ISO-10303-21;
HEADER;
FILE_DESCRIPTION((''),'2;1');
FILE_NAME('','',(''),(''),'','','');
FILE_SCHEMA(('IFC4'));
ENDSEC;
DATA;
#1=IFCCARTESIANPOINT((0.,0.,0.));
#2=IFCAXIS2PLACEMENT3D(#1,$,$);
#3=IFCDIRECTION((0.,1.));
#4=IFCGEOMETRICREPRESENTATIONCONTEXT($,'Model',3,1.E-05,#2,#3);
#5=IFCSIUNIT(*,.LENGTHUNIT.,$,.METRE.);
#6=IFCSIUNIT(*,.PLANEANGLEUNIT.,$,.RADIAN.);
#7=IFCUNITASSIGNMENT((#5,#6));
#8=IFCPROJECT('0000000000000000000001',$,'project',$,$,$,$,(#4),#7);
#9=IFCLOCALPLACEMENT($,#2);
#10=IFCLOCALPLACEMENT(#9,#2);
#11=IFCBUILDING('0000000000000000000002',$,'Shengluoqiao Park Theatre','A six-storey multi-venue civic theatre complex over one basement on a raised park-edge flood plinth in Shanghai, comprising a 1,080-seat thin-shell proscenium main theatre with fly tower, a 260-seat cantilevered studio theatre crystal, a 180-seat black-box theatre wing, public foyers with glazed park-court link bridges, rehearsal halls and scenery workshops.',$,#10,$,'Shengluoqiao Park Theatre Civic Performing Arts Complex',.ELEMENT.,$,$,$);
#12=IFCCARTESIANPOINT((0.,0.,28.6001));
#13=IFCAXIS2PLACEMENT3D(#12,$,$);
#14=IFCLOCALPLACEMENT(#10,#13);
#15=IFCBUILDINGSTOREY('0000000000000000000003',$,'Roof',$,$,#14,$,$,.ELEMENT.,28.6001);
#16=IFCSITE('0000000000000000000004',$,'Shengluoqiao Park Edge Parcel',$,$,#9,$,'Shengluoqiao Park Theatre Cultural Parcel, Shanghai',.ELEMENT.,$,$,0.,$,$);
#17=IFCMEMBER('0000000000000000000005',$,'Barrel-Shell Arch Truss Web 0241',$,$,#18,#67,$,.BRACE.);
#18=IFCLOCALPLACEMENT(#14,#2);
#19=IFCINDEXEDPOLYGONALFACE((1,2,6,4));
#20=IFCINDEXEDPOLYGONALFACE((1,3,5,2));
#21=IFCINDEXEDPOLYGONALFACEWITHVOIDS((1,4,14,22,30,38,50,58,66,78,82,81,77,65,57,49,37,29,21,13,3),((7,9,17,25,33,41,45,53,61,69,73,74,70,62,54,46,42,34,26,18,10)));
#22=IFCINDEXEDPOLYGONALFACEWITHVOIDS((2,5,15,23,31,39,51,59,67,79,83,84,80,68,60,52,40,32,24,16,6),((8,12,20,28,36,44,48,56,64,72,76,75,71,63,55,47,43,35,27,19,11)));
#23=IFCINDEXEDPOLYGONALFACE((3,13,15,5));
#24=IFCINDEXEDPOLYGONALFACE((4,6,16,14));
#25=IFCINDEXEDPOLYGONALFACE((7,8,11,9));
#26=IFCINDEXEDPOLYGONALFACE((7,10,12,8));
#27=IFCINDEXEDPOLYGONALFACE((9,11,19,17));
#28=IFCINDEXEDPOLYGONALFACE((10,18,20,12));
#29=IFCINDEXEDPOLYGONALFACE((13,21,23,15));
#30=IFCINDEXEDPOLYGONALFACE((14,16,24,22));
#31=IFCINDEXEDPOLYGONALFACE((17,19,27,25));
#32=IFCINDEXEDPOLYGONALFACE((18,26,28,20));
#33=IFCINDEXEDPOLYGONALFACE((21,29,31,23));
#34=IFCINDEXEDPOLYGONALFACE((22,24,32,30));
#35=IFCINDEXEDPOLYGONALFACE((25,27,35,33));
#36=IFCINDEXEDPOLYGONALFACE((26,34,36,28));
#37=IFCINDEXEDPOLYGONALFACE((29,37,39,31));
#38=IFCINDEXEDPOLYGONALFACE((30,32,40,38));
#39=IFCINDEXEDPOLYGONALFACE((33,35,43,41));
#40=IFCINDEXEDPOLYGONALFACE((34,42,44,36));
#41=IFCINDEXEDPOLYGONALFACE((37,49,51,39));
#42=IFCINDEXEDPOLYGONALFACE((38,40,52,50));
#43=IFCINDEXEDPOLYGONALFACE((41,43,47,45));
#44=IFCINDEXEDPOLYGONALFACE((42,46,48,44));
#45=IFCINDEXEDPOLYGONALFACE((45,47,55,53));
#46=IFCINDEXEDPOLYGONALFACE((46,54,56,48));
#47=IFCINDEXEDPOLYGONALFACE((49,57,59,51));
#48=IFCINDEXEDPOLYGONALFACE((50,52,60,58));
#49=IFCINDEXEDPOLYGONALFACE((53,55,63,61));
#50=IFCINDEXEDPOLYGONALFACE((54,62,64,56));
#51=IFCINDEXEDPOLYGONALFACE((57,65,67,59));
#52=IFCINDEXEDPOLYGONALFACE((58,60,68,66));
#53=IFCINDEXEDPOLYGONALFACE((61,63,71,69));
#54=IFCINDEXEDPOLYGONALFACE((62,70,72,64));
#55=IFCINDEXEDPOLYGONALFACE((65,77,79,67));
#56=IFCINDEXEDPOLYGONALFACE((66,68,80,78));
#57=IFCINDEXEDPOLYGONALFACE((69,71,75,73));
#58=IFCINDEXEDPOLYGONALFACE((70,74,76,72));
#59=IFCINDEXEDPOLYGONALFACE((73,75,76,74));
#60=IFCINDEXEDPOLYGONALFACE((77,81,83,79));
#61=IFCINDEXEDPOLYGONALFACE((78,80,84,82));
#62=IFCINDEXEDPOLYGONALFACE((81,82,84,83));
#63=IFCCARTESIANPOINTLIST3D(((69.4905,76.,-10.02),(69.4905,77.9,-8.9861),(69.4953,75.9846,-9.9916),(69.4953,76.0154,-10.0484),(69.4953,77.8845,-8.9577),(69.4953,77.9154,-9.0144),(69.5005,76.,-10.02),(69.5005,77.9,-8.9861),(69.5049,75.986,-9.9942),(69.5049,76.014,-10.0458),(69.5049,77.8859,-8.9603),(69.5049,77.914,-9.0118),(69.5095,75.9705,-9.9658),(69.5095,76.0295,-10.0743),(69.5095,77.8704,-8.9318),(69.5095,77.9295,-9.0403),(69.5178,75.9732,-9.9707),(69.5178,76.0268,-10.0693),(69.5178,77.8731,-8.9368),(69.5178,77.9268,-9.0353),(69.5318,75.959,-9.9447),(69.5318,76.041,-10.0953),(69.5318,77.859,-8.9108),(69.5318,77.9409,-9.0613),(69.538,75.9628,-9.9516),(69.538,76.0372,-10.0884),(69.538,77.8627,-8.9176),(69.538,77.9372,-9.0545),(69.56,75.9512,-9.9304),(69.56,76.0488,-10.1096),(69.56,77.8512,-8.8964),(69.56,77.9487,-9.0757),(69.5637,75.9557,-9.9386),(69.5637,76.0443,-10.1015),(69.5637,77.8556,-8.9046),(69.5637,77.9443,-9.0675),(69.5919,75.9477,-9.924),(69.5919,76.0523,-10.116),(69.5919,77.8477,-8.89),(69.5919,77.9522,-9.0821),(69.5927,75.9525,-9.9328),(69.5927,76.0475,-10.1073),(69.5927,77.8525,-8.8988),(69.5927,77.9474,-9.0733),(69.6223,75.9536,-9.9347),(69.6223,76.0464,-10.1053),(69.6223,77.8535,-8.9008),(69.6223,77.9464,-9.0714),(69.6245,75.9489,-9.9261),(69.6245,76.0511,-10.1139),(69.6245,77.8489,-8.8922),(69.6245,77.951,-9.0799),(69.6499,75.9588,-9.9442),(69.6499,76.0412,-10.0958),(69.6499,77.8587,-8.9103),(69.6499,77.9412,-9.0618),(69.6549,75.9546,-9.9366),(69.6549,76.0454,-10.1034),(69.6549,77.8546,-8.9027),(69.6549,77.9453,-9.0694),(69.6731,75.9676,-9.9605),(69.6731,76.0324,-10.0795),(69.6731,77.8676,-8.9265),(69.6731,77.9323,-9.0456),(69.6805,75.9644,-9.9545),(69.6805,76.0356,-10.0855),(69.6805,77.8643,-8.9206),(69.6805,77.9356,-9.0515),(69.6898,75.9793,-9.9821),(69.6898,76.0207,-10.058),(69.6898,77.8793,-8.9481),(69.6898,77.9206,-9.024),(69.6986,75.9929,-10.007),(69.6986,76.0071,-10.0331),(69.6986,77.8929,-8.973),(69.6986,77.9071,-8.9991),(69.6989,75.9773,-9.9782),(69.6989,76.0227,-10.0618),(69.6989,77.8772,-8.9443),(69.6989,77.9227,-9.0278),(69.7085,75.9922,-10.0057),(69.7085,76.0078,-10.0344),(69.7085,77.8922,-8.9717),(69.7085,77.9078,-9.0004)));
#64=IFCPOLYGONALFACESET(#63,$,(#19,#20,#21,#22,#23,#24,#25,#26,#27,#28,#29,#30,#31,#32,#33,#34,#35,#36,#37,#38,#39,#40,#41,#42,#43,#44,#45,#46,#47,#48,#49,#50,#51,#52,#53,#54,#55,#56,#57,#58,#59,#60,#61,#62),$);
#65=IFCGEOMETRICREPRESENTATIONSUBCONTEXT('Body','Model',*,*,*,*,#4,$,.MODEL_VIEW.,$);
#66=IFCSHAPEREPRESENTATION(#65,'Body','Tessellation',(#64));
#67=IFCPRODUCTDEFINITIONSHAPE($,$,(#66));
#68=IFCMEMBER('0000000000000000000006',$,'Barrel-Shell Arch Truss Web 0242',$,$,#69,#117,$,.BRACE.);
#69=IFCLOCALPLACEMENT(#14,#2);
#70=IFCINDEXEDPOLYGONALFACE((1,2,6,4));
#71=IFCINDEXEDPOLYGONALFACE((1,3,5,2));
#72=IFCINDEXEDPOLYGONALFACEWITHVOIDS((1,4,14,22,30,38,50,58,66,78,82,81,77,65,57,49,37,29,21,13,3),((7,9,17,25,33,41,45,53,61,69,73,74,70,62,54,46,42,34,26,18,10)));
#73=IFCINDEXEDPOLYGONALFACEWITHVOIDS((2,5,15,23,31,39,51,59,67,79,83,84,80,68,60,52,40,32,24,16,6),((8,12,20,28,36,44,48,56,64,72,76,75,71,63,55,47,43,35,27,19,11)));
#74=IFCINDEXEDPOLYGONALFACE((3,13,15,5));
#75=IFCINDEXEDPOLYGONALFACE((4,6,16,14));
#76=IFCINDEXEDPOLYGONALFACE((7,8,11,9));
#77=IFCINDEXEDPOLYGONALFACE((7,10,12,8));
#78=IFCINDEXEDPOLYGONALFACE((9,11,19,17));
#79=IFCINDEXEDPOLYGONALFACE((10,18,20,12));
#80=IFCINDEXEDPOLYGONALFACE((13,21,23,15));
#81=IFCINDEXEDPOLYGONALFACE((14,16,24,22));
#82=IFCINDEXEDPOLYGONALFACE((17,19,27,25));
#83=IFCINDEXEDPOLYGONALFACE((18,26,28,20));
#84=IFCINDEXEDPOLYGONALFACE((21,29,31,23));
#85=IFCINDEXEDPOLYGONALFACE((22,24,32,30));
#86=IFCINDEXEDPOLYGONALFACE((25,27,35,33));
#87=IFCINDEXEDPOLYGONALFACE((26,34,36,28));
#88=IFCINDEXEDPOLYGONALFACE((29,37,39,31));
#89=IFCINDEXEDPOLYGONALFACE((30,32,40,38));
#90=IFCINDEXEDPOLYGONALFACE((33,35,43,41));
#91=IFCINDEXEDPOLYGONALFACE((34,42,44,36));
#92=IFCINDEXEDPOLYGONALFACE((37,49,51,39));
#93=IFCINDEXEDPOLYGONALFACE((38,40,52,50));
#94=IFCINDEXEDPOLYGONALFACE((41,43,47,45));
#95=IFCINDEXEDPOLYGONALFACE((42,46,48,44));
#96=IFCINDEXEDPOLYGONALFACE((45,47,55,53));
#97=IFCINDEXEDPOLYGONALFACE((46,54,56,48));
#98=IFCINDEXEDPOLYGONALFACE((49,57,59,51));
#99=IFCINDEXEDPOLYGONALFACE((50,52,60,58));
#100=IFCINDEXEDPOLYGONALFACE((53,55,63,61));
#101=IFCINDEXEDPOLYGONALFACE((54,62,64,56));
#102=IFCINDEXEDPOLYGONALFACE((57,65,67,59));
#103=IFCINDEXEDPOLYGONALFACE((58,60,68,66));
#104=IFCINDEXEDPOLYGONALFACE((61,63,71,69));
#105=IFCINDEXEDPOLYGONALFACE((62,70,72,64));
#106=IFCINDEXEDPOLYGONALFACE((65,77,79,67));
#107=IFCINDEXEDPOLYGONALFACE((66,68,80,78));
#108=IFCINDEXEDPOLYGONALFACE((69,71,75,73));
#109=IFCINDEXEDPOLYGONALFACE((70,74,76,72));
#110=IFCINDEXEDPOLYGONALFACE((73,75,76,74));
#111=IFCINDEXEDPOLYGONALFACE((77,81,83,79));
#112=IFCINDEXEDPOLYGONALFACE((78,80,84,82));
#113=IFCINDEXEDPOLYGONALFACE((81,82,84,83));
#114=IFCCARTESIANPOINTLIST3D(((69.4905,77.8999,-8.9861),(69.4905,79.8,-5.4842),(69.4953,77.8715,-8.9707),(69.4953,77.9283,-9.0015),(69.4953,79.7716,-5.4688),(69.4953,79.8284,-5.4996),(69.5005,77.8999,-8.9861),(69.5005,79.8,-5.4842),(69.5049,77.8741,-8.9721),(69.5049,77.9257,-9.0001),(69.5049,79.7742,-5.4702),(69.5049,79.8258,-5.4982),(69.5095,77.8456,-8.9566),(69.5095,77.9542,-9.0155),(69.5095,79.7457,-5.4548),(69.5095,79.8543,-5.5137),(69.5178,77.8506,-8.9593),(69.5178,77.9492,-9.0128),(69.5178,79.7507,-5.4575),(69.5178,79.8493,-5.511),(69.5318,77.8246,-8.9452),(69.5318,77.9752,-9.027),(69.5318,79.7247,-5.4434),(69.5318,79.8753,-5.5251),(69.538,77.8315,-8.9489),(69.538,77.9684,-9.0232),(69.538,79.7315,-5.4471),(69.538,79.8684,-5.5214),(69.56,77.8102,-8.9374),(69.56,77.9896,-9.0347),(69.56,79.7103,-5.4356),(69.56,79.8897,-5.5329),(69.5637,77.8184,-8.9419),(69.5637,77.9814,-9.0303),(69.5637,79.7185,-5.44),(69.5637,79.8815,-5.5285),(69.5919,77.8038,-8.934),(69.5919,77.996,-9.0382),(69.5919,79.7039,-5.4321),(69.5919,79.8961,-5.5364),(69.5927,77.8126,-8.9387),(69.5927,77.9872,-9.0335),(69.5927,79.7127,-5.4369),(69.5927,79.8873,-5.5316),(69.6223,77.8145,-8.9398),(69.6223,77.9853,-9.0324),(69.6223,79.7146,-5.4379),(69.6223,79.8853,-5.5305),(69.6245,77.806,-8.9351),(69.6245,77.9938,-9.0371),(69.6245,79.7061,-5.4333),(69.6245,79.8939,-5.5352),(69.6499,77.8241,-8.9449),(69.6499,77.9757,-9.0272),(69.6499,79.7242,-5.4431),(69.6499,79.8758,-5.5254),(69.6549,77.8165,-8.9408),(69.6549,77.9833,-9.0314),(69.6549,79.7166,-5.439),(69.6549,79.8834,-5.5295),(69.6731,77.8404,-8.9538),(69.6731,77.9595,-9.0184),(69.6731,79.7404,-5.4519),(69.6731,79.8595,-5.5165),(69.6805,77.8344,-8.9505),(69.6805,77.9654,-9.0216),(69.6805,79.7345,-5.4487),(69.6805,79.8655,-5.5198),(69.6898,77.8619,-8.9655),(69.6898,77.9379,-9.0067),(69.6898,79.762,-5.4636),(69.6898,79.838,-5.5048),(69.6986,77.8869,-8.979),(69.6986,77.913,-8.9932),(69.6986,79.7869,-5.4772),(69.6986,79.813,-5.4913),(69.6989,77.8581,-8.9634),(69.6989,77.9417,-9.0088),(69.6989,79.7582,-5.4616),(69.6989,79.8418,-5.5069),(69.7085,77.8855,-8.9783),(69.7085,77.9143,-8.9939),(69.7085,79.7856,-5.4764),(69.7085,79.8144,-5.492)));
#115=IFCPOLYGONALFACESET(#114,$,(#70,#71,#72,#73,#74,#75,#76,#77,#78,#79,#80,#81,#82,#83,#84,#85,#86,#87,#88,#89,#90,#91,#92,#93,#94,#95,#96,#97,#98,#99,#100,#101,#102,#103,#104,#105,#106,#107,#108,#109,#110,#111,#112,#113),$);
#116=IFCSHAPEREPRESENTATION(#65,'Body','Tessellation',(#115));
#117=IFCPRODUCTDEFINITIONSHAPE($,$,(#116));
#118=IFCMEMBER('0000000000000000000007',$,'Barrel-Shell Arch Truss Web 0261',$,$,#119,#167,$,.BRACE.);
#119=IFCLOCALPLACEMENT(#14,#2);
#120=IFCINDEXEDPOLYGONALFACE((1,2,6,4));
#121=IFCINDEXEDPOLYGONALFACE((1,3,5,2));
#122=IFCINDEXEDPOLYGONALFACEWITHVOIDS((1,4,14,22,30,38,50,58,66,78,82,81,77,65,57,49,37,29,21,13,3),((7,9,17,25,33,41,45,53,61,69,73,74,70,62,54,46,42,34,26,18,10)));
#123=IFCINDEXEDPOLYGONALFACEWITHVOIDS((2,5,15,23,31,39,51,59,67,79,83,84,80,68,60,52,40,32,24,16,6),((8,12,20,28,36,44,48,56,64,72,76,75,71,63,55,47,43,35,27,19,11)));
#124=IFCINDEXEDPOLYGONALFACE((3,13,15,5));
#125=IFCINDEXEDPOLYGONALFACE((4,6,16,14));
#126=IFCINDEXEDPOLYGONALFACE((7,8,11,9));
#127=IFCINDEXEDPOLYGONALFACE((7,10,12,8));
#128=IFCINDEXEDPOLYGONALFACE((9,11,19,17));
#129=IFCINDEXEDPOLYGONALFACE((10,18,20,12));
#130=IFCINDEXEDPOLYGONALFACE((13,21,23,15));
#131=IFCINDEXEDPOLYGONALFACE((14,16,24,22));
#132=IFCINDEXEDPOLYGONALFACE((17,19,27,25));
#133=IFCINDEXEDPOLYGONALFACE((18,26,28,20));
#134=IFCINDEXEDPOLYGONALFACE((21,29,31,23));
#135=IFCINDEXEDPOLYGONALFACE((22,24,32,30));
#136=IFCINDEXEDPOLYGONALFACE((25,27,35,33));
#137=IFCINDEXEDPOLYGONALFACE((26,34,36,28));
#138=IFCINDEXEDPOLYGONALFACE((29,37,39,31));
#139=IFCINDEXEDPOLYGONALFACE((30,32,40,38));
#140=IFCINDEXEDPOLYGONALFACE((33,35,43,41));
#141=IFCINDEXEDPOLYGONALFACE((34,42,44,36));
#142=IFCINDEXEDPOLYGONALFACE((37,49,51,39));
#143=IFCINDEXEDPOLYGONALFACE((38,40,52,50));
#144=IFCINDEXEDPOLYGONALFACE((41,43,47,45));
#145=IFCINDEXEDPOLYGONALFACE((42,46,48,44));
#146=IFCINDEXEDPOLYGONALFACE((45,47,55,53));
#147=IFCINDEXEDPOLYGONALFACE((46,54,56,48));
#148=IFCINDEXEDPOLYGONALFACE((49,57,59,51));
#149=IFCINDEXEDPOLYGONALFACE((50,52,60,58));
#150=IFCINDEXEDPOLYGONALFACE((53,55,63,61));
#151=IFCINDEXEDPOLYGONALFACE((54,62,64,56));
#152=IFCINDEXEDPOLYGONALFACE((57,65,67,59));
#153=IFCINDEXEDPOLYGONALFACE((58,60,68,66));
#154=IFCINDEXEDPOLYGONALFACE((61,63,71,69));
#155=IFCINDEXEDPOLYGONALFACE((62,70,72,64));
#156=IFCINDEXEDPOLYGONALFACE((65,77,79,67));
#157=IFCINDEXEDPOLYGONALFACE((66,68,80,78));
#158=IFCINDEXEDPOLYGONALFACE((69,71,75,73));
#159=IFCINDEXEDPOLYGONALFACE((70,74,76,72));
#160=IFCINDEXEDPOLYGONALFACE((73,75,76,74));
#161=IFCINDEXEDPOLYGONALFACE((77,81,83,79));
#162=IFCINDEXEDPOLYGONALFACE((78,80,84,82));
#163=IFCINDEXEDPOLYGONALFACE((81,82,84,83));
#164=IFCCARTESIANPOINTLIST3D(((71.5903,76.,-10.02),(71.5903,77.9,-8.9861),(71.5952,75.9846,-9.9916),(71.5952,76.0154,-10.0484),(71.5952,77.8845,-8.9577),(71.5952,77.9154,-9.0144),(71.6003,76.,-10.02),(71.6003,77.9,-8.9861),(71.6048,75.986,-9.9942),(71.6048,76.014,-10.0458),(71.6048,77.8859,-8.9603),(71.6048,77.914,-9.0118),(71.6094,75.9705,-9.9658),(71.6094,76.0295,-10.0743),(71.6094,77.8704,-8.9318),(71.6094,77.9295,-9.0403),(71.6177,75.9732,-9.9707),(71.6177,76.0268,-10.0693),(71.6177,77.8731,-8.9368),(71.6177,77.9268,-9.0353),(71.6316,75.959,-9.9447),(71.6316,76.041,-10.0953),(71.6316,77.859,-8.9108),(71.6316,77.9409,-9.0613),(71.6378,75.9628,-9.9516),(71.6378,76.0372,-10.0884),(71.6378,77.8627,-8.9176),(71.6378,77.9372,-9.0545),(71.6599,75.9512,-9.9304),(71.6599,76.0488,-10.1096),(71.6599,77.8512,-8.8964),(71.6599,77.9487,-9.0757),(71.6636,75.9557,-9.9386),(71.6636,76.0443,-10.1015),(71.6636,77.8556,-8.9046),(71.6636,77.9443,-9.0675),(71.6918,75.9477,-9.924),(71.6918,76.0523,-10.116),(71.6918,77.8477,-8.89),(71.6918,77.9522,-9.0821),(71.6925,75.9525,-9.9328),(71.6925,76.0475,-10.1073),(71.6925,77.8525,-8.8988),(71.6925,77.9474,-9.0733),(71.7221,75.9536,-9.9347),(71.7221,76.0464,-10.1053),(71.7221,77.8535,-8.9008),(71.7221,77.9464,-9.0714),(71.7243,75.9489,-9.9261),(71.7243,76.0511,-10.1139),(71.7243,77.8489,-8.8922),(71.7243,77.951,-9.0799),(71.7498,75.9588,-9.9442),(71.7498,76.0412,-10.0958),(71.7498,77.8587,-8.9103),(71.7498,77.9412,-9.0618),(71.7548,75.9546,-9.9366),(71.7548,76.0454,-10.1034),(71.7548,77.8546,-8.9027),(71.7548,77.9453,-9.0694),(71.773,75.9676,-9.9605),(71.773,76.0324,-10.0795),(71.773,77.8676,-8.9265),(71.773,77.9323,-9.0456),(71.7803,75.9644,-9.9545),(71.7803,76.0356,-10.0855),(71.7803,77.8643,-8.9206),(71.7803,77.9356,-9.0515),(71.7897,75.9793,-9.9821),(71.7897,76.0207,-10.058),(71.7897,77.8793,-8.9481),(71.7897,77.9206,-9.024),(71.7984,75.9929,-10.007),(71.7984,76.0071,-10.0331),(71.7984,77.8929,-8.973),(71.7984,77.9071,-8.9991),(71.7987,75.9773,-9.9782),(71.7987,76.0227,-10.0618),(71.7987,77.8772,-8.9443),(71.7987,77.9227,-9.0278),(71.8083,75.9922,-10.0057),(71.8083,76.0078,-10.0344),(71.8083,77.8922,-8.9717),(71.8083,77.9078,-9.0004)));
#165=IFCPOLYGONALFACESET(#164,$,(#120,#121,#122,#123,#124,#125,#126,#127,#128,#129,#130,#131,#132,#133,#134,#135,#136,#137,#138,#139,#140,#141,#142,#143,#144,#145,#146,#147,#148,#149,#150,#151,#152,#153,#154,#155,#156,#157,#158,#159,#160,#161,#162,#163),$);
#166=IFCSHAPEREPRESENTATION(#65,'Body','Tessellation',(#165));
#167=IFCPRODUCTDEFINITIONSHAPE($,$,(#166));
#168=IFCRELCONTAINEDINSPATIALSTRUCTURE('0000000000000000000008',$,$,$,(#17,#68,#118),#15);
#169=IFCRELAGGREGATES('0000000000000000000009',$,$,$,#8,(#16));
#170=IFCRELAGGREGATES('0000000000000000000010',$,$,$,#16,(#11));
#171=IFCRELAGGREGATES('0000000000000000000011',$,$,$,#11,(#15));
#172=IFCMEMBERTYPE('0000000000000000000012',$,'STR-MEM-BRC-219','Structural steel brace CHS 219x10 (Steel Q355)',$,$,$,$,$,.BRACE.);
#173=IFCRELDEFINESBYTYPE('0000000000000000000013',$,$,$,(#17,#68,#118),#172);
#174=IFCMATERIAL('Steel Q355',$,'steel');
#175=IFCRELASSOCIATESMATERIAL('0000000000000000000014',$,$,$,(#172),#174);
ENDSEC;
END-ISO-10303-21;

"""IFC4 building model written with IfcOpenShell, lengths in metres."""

from ifc_helpers import new_model, si_unit, direction, frame, origin, origin_2d, place, context, subcontext, project, spatial, hollow_circle, extrude, material, material_profile, profile_set, type_object, element, save


model = new_model("IFC4")

# Units and contexts
model_context = context("Model", 3, precision=1e-05, world=origin(), true_north=direction((0.0, 1.0)))
body_context = subcontext(model_context, "Body", "Model", "MODEL_VIEW")
ifc_project = project(units=[si_unit("LENGTHUNIT", "METRE"), si_unit("PLANEANGLEUNIT", "RADIAN")], contexts=[model_context])

# Site, building, storey
site_placement = place(None, origin())
site = spatial("IfcSite", under=ifc_project, at=site_placement, Name="Shengluoqiao Park Edge Parcel", LongName="Shengluoqiao Park Theatre Cultural Parcel, Shanghai", CompositionType="ELEMENT", RefElevation=0.0)
building_placement = place(site_placement, origin())
building = spatial("IfcBuilding", under=site, at=building_placement, Name="Shengluoqiao Park Theatre", Description="A six-storey multi-venue civic theatre complex over one basement on a raised park-edge flood plinth in Shanghai, comprising a 1,080-seat thin-shell proscenium main theatre with fly tower, a 260-seat cantilevered studio theatre crystal, a 180-seat black-box theatre wing, public foyers with glazed park-court link bridges, rehearsal halls and scenery workshops.", LongName="Shengluoqiao Park Theatre Civic Performing Arts Complex", CompositionType="ELEMENT")
storey_placement = place(building_placement, frame((0.0, 0.0, 28.6001)))
storey = spatial("IfcBuildingStorey", under=building, at=storey_placement, Name="Roof", CompositionType="ELEMENT", Elevation=28.6001)

# Shared definitions
ifc_material_1 = material(Name="Steel Q355", Category="steel")

# Members
ifc_material_profile_1 = material_profile(ifc_material_1, hollow_circle(Radius=0.1096, WallThickness=0.01, at=origin_2d()), Name="CHS 219x10")
ifc_profile_set_1 = profile_set([ifc_material_profile_1], Name="Steel Q355")
member_type = type_object("IfcMemberType", Name="STR-MEM-BRC-219", Description="Structural steel brace CHS 219x10 (Steel Q355)", PredefinedType="BRACE", material=ifc_profile_set_1)
member_1_placement = place(storey_placement, frame((69.6001, 76.0, -10.02), z_axis=(0.0, 0.878357, 0.478006), x_axis=(-1.0, 0.0, 0.0)))
element("IfcMember", 1, at=member_1_placement, inside=storey, type_object=member_type, Name="Barrel-Shell Arch Truss Web 0241", PredefinedType="BRACE", context=body_context, shape_type="SweptSolid", body=[
    extrude(hollow_circle(Radius=0.1096, WallThickness=0.01, at=origin_2d()), origin(), (0.0, 0.0, 1.0), 2.1631),
])
member_2_placement = place(storey_placement, frame((69.6001, 77.8999, -8.9861), z_axis=(0.0, 0.476915, 0.87895), x_axis=(-1.0, 0.0, 0.0)))
element("IfcMember", 2, at=member_2_placement, inside=storey, type_object=member_type, Name="Barrel-Shell Arch Truss Web 0242", PredefinedType="BRACE", context=body_context, shape_type="SweptSolid", body=[
    extrude(hollow_circle(Radius=0.1096, WallThickness=0.01, at=origin_2d()), origin(), (0.0, 0.0, 1.0), 3.9841),
])
member_3_placement = place(storey_placement, frame((71.7, 76.0, -10.02), z_axis=(0.0, 0.878357, 0.478006), x_axis=(-1.0, 0.0, 0.0)))
element("IfcMember", 3, at=member_3_placement, inside=storey, type_object=member_type, Name="Barrel-Shell Arch Truss Web 0261", PredefinedType="BRACE", context=body_context, shape_type="SweptSolid", body=[
    extrude(hollow_circle(Radius=0.1096, WallThickness=0.01, at=origin_2d()), origin(), (0.0, 0.0, 1.0), 2.1631),
])

save(model, "model.ifc")
